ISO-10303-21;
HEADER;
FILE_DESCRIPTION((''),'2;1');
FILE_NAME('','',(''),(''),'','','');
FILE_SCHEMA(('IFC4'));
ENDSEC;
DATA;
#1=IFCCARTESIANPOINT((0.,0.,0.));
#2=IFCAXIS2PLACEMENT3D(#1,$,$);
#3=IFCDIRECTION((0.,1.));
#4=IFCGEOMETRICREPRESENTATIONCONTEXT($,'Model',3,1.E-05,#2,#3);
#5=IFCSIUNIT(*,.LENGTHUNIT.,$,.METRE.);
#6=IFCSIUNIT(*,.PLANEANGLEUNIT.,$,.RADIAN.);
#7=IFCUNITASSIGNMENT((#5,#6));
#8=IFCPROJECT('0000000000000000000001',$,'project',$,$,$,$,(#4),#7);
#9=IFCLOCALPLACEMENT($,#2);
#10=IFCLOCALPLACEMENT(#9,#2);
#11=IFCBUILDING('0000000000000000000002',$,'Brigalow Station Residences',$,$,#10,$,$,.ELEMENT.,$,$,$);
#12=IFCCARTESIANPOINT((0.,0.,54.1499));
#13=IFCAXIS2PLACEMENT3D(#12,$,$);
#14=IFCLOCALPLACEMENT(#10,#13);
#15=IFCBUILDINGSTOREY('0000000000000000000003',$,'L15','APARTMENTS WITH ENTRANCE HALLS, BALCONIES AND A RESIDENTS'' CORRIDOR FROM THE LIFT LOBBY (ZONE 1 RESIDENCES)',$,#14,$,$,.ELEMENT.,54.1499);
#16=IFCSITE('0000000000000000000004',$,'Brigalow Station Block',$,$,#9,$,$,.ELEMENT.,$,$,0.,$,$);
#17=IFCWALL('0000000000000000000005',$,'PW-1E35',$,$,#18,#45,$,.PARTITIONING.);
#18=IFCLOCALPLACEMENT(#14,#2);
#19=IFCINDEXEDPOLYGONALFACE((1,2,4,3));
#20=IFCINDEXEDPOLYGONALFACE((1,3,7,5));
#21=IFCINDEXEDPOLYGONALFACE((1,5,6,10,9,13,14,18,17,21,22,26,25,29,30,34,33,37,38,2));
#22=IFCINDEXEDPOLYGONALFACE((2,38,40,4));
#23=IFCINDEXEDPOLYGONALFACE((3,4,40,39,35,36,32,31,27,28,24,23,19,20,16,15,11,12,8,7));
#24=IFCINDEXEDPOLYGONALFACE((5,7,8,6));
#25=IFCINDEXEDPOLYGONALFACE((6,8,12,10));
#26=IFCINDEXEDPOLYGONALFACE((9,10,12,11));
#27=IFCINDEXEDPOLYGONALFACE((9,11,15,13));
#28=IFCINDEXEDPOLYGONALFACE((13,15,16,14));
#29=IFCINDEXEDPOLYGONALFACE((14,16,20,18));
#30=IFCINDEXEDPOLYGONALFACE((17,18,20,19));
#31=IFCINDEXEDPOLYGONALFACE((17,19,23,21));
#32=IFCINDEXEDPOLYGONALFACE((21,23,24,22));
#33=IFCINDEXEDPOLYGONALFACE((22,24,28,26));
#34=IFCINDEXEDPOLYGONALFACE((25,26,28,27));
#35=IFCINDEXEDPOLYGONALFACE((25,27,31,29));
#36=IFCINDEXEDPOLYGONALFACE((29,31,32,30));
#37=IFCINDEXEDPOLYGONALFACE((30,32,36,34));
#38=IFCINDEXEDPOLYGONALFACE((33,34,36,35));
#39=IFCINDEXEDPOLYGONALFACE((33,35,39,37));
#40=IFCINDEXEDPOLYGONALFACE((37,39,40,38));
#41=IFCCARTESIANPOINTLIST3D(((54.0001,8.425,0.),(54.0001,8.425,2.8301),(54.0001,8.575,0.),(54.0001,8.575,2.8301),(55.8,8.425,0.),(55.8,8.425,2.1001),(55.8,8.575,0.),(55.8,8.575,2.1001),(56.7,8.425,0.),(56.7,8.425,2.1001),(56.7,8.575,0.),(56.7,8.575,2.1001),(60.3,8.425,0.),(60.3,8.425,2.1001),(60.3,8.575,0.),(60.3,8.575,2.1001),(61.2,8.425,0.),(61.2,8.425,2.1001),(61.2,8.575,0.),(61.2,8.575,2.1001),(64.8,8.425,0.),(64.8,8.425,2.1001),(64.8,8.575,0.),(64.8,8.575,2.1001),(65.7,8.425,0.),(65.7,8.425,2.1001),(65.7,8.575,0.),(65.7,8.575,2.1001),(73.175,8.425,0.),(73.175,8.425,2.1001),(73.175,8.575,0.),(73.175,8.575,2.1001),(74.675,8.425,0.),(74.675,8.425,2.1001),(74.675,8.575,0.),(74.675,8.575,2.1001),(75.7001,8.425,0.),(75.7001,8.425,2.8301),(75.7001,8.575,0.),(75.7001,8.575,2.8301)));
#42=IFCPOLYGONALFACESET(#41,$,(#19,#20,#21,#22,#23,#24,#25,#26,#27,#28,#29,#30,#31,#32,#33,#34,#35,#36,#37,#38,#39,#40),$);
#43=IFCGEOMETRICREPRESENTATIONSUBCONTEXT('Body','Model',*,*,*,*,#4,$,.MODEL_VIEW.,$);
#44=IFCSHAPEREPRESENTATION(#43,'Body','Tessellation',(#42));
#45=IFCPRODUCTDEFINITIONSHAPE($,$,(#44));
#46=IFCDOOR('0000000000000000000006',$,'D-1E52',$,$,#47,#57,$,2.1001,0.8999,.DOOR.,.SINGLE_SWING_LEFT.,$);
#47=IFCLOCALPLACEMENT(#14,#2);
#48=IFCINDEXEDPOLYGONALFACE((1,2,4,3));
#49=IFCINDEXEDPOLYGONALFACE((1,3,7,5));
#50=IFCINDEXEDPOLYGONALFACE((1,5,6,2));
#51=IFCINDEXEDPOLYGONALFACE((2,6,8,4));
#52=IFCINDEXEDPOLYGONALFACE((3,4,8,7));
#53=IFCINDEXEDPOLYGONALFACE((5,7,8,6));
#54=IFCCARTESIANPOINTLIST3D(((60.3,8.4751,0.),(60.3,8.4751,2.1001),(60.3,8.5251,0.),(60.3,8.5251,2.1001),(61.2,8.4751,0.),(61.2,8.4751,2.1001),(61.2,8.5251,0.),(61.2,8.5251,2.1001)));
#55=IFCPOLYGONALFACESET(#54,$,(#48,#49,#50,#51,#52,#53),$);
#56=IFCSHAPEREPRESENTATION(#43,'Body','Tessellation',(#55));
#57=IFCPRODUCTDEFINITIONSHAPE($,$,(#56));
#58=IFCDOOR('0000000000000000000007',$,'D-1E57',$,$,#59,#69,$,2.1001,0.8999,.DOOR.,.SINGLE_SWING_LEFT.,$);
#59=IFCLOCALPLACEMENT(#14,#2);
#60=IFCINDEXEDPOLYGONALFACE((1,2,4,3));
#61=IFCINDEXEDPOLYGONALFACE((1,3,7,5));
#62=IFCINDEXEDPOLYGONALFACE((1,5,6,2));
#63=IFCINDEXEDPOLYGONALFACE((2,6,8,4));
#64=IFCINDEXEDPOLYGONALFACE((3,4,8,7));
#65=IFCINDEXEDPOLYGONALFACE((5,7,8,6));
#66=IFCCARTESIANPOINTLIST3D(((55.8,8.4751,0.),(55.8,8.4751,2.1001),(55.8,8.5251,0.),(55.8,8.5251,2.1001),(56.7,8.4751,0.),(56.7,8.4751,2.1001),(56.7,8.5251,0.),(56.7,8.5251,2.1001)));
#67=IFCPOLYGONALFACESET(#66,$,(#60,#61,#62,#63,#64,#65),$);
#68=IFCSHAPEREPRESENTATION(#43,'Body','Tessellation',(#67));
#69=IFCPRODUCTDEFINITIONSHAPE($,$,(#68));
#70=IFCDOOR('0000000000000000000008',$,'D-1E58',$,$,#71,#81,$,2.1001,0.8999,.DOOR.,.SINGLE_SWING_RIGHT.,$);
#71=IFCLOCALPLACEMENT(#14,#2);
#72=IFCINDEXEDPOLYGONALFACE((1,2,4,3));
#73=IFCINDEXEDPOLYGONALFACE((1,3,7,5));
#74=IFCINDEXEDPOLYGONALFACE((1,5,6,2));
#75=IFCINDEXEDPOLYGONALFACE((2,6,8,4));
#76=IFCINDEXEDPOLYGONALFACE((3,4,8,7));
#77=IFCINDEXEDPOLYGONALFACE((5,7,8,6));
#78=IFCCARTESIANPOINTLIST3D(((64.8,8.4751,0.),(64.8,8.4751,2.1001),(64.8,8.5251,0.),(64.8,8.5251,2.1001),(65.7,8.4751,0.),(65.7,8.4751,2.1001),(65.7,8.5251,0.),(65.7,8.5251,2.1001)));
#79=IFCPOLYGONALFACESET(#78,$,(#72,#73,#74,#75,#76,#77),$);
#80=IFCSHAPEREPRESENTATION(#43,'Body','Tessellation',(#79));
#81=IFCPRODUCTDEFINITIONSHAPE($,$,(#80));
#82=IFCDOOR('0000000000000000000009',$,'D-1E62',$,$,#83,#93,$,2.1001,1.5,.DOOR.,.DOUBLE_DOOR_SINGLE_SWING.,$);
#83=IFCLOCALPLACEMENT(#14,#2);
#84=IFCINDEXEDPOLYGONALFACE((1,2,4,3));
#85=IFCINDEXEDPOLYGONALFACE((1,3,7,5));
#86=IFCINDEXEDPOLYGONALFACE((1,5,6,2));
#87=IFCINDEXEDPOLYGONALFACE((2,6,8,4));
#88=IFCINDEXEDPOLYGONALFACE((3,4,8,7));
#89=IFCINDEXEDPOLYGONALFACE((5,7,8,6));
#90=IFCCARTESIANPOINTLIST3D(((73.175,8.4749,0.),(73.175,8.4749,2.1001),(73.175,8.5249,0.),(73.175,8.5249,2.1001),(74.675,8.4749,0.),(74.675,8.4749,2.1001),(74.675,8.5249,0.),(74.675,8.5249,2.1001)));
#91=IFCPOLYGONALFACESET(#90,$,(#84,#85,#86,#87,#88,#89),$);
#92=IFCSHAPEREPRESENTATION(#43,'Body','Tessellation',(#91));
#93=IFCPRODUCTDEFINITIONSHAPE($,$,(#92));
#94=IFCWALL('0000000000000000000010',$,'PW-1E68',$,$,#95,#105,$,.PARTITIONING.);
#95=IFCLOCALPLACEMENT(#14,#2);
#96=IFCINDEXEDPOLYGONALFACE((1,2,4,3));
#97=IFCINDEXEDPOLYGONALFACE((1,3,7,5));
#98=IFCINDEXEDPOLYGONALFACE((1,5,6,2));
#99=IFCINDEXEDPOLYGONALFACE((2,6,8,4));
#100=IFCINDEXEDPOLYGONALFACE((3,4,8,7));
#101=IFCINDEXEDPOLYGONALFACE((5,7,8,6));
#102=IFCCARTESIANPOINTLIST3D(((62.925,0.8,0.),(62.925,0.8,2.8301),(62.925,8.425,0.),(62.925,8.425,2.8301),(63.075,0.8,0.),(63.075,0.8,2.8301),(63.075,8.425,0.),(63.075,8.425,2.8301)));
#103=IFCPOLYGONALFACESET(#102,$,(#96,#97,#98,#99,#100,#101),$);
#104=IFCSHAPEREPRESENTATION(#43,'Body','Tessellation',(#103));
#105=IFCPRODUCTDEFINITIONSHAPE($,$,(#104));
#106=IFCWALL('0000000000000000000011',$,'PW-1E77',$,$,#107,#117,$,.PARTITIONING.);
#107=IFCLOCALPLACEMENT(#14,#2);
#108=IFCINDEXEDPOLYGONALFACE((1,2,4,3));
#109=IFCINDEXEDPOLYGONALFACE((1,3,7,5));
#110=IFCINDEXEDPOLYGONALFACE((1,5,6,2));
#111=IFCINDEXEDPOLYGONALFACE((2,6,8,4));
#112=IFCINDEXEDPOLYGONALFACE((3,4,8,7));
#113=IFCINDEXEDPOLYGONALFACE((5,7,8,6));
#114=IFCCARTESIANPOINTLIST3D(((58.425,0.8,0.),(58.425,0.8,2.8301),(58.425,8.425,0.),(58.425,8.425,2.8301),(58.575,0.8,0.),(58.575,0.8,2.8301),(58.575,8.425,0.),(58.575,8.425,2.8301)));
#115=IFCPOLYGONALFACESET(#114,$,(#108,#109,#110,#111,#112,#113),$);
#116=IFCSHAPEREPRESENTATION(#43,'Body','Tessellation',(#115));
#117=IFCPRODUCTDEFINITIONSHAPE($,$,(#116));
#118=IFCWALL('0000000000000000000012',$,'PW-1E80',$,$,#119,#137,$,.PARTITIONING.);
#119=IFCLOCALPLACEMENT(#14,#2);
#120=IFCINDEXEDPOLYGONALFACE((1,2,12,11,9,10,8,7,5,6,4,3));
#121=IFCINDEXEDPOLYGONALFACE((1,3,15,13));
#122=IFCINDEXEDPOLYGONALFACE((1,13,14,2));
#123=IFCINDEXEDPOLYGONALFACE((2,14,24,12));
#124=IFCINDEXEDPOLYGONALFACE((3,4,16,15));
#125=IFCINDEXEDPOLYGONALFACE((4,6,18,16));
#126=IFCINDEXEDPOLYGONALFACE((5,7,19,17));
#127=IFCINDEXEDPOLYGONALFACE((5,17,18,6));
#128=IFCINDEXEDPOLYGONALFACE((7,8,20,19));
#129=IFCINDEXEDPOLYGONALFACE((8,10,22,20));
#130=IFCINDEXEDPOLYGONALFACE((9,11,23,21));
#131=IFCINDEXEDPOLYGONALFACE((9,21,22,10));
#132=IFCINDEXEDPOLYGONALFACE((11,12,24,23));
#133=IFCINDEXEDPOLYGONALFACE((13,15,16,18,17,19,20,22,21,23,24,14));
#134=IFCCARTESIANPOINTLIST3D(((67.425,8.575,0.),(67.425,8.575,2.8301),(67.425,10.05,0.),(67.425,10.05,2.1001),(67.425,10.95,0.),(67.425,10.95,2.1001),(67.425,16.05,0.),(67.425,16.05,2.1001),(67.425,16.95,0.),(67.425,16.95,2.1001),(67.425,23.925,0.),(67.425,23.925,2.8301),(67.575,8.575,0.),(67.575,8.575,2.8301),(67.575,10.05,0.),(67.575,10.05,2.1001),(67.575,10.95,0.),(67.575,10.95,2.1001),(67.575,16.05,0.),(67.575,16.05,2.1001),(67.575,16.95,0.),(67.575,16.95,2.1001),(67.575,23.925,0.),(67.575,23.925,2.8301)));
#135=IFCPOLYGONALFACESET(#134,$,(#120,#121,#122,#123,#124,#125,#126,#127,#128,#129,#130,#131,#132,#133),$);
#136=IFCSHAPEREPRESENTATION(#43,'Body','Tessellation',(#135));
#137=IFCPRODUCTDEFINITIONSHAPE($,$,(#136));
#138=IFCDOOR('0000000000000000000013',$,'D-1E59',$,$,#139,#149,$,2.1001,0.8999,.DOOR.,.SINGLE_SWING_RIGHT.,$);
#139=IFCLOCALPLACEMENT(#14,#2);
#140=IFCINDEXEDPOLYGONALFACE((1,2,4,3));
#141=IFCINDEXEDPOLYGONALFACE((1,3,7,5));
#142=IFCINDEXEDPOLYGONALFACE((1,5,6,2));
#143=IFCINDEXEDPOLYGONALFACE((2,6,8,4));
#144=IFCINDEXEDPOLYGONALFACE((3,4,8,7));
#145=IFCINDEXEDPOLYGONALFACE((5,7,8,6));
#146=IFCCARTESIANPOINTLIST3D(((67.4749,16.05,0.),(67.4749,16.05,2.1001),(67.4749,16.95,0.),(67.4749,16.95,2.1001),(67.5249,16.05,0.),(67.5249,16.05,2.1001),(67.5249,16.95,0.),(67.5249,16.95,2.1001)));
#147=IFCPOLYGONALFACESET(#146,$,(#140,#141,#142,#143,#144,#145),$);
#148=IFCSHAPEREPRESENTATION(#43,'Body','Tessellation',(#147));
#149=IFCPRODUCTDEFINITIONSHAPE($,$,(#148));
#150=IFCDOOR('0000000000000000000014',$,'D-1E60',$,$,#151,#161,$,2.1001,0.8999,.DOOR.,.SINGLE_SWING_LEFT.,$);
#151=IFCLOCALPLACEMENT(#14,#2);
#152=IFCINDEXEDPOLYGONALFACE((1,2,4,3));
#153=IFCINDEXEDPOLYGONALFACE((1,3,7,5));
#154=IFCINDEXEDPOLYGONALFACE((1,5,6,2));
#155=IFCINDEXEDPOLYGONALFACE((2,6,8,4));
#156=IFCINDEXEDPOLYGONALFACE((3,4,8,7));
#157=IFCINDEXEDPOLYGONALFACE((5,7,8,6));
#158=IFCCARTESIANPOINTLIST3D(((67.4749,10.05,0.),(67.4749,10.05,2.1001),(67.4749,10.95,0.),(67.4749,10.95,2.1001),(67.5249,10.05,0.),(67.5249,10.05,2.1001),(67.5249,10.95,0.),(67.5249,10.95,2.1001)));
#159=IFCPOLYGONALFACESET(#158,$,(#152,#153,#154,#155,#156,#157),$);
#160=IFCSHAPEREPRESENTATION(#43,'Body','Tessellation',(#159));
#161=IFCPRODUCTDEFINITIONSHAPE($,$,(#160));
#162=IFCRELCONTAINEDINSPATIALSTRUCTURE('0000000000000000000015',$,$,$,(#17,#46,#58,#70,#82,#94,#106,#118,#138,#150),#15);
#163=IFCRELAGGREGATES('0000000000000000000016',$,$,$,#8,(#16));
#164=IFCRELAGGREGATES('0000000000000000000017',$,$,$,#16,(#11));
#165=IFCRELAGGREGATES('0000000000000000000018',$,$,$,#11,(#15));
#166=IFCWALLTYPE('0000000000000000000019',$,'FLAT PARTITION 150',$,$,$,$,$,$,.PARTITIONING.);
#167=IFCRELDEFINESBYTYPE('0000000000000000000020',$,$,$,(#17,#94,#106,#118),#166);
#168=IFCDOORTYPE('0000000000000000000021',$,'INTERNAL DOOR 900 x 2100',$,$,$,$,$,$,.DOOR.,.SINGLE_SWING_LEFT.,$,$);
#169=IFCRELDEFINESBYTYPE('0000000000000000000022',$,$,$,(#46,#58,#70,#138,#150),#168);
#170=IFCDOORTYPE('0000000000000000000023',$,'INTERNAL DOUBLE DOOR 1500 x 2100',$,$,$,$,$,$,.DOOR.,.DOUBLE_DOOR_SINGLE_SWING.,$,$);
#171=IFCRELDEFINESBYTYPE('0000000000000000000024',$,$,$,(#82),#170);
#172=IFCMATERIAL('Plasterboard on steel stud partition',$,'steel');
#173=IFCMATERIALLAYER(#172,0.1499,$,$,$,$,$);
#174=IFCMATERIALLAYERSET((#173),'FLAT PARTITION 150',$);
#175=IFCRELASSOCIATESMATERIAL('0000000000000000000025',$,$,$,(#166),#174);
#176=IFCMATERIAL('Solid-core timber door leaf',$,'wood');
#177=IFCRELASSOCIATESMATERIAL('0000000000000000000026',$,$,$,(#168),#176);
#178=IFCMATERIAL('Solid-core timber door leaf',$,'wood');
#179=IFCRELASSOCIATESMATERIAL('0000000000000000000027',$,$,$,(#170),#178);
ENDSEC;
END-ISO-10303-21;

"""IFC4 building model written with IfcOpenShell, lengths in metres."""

from ifc_helpers import new_model, si_unit, direction, frame, frame_2d, origin, place, context, subcontext, project, spatial, rectangle, extrude, material, layer, layer_set, type_object, element, fill, save


model = new_model("IFC4")

# Units and contexts
model_context = context("Model", 3, precision=1e-05, world=origin(), true_north=direction((0.0, 1.0)))
body_context = subcontext(model_context, "Body", "Model", "MODEL_VIEW")
ifc_project = project(units=[si_unit("LENGTHUNIT", "METRE"), si_unit("PLANEANGLEUNIT", "RADIAN")], contexts=[model_context])

# Site, building, storey
site_placement = place(None, origin())
site = spatial("IfcSite", under=ifc_project, at=site_placement, Name="Brigalow Station Block", CompositionType="ELEMENT", RefElevation=0.0)
building_placement = place(site_placement, origin())
building = spatial("IfcBuilding", under=site, at=building_placement, Name="Brigalow Station Residences", CompositionType="ELEMENT")
storey_placement = place(building_placement, frame((0.0, 0.0, 54.1499)))
storey = spatial("IfcBuildingStorey", under=building, at=storey_placement, Name="L15", Description="APARTMENTS WITH ENTRANCE HALLS, BALCONIES AND A RESIDENTS' CORRIDOR FROM THE LIFT LOBBY (ZONE 1 RESIDENCES)", CompositionType="ELEMENT", Elevation=54.1499)

# Wall, openings, doors
ifc_material_1 = material(Name="Plasterboard on steel stud partition", Category="steel")
ifc_layer_1 = layer(ifc_material_1, 0.1499)
ifc_layer_set_1 = layer_set([ifc_layer_1], Name="FLAT PARTITION 150")
wall_type_1 = type_object("IfcWallType", Name="FLAT PARTITION 150", PredefinedType="PARTITIONING", material=ifc_layer_set_1)
wall_1_placement = place(storey_placement, frame((54.0, 8.5, 0.0), z_axis=(0.0, 0.0, 1.0), x_axis=(1.0, 0.0, 0.0)))
wall_1 = element("IfcWall", 1, at=wall_1_placement, inside=storey, type_object=wall_type_1, Name="PW-1E35", PredefinedType="PARTITIONING", context=body_context, shape_type="SweptSolid", body=[
    extrude(rectangle(XDim=21.7, YDim=0.1499, at=frame_2d((10.8501, 0.0))), origin(), (0.0, 0.0, 1.0), 2.8301),
])
opening_1_placement = place(wall_1_placement, frame((6.3, 0.0, 0.0)))
opening_1 = element("IfcOpeningElement", 2, at=opening_1_placement, cuts=wall_1, PredefinedType="OPENING", context=body_context, shape_type="SweptSolid", body=[
    extrude(rectangle(XDim=0.8999, YDim=2.1001, at=frame_2d((0.45, 1.05))), frame((0.0, 0.085, 0.0), z_axis=(0.0, -1.0, 0.0), x_axis=(1.0, 0.0, 0.0)), (0.0, 0.0, 1.0), 0.1699),
])
opening_2_placement = place(wall_1_placement, frame((1.8, 0.0, 0.0)))
opening_2 = element("IfcOpeningElement", 3, at=opening_2_placement, cuts=wall_1, PredefinedType="OPENING", context=body_context, shape_type="SweptSolid", body=[
    extrude(rectangle(XDim=0.8999, YDim=2.1001, at=frame_2d((0.45, 1.05))), frame((0.0, 0.085, 0.0), z_axis=(0.0, -1.0, 0.0), x_axis=(1.0, 0.0, 0.0)), (0.0, 0.0, 1.0), 0.1699),
])
opening_3_placement = place(wall_1_placement, frame((10.8, 0.0, 0.0)))
opening_3 = element("IfcOpeningElement", 4, at=opening_3_placement, cuts=wall_1, PredefinedType="OPENING", context=body_context, shape_type="SweptSolid", body=[
    extrude(rectangle(XDim=0.8999, YDim=2.1001, at=frame_2d((0.45, 1.05))), frame((0.0, 0.085, 0.0), z_axis=(0.0, -1.0, 0.0), x_axis=(1.0, 0.0, 0.0)), (0.0, 0.0, 1.0), 0.1699),
])
opening_4_placement = place(wall_1_placement, frame((19.175, 0.0, 0.0)))
opening_4 = element("IfcOpeningElement", 5, at=opening_4_placement, cuts=wall_1, PredefinedType="OPENING", context=body_context, shape_type="SweptSolid", body=[
    extrude(rectangle(XDim=1.5, YDim=2.1001, at=frame_2d((0.75, 1.05))), frame((0.0, 0.085, 0.0), z_axis=(0.0, -1.0, 0.0), x_axis=(1.0, 0.0, 0.0)), (0.0, 0.0, 1.0), 0.1699),
])
ifc_material_2 = material(Name="Solid-core timber door leaf", Category="wood")
door_type_1 = type_object("IfcDoorType", Name="INTERNAL DOOR 900 x 2100", OperationType="SINGLE_SWING_LEFT", PredefinedType="DOOR", material=ifc_material_2)
door_1_placement = place(opening_1_placement, frame((0.8999, 0.0, 0.0), z_axis=(0.0, 0.0, 1.0), x_axis=(-1.0, 0.0, 0.0)))
door_1 = element("IfcDoor", 6, at=door_1_placement, inside=storey, type_object=door_type_1, Name="D-1E52", OperationType="SINGLE_SWING_LEFT", OverallHeight=2.1001, OverallWidth=0.8999, PredefinedType="DOOR", context=body_context, shape_type="SweptSolid", body=[
    extrude(rectangle(XDim=0.8999, YDim=2.1001, at=frame_2d((0.45, 1.05))), frame((0.0, 0.0249, 0.0), z_axis=(0.0, -1.0, 0.0), x_axis=(1.0, 0.0, 0.0)), (0.0, 0.0, 1.0), 0.05),
])
fill(opening_1, door_1)
door_2_placement = place(opening_2_placement, frame((0.8999, 0.0, 0.0), z_axis=(0.0, 0.0, 1.0), x_axis=(-1.0, 0.0, 0.0)))
door_2 = element("IfcDoor", 7, at=door_2_placement, inside=storey, type_object=door_type_1, Name="D-1E57", OperationType="SINGLE_SWING_LEFT", OverallHeight=2.1001, OverallWidth=0.8999, PredefinedType="DOOR", context=body_context, shape_type="SweptSolid", body=[
    extrude(rectangle(XDim=0.8999, YDim=2.1001, at=frame_2d((0.45, 1.05))), frame((0.0, 0.0249, 0.0), z_axis=(0.0, -1.0, 0.0), x_axis=(1.0, 0.0, 0.0)), (0.0, 0.0, 1.0), 0.05),
])
fill(opening_2, door_2)
door_3_placement = place(opening_3_placement, frame((0.8999, 0.0, 0.0), z_axis=(0.0, 0.0, 1.0), x_axis=(-1.0, 0.0, 0.0)))
door_3 = element("IfcDoor", 8, at=door_3_placement, inside=storey, type_object=door_type_1, Name="D-1E58", OperationType="SINGLE_SWING_RIGHT", OverallHeight=2.1001, OverallWidth=0.8999, PredefinedType="DOOR", context=body_context, shape_type="SweptSolid", body=[
    extrude(rectangle(XDim=0.8999, YDim=2.1001, at=frame_2d((0.45, 1.05))), frame((0.0, 0.0249, 0.0), z_axis=(0.0, -1.0, 0.0), x_axis=(1.0, 0.0, 0.0)), (0.0, 0.0, 1.0), 0.05),
])
fill(opening_3, door_3)
ifc_material_3 = material(Name="Solid-core timber door leaf", Category="wood")
door_type_2 = type_object("IfcDoorType", Name="INTERNAL DOUBLE DOOR 1500 x 2100", OperationType="DOUBLE_DOOR_SINGLE_SWING", PredefinedType="DOOR", material=ifc_material_3)
door_4_placement = place(opening_4_placement, origin())
door_4 = element("IfcDoor", 9, at=door_4_placement, inside=storey, type_object=door_type_2, Name="D-1E62", OperationType="DOUBLE_DOOR_SINGLE_SWING", OverallHeight=2.1001, OverallWidth=1.5, PredefinedType="DOOR", context=body_context, shape_type="SweptSolid", body=[
    extrude(rectangle(XDim=1.5, YDim=2.1001, at=frame_2d((0.75, 1.05))), frame((0.0, 0.0249, 0.0), z_axis=(0.0, -1.0, 0.0), x_axis=(1.0, 0.0, 0.0)), (0.0, 0.0, 1.0), 0.05),
])
fill(opening_4, door_4)

# Walls
for number, where, z_axis, x_axis, name in (
    (10, (63.0, 0.8, 0.0), (0.0, 0.0, 1.0), (0.0, 1.0, 0.0), "PW-1E68"),
    (11, (58.5, 0.8, 0.0), (0.0, 0.0, 1.0), (0.0, 1.0, 0.0), "PW-1E77"),
):
    element("IfcWall", number, at=place(storey_placement, frame(where, z_axis=z_axis, x_axis=x_axis)), inside=storey, type_object=wall_type_1, Name=name, PredefinedType="PARTITIONING", context=body_context, shape_type="SweptSolid", body=[
        extrude(rectangle(XDim=7.625, YDim=0.1499, at=frame_2d((3.8125, 0.0))), origin(), (0.0, 0.0, 1.0), 2.8301),
    ])

# Wall, openings, doors
wall_2_placement = place(storey_placement, frame((67.5, 8.575, 0.0), z_axis=(0.0, 0.0, 1.0), x_axis=(0.0, 1.0, 0.0)))
wall_2 = element("IfcWall", 12, at=wall_2_placement, inside=storey, type_object=wall_type_1, Name="PW-1E80", PredefinedType="PARTITIONING", context=body_context, shape_type="SweptSolid", body=[
    extrude(rectangle(XDim=15.3501, YDim=0.1499, at=frame_2d((7.675, 0.0))), origin(), (0.0, 0.0, 1.0), 2.8301),
])
opening_5_placement = place(wall_2_placement, frame((7.4751, 0.0, 0.0)))
opening_5 = element("IfcOpeningElement", 13, at=opening_5_placement, cuts=wall_2, PredefinedType="OPENING", context=body_context, shape_type="SweptSolid", body=[
    extrude(rectangle(XDim=0.8999, YDim=2.1001, at=frame_2d((0.45, 1.05))), frame((0.0, 0.085, 0.0), z_axis=(0.0, -1.0, 0.0), x_axis=(1.0, 0.0, 0.0)), (0.0, 0.0, 1.0), 0.1699),
])
opening_6_placement = place(wall_2_placement, frame((1.4751, 0.0, 0.0)))
opening_6 = element("IfcOpeningElement", 14, at=opening_6_placement, cuts=wall_2, PredefinedType="OPENING", context=body_context, shape_type="SweptSolid", body=[
    extrude(rectangle(XDim=0.8999, YDim=2.1001, at=frame_2d((0.45, 1.05))), frame((0.0, 0.085, 0.0), z_axis=(0.0, -1.0, 0.0), x_axis=(1.0, 0.0, 0.0)), (0.0, 0.0, 1.0), 0.1699),
])
door_5_placement = place(opening_5_placement, frame((0.8999, 0.0, 0.0), z_axis=(0.0, 0.0, 1.0), x_axis=(-1.0, 0.0, 0.0)))
door_5 = element("IfcDoor", 15, at=door_5_placement, inside=storey, type_object=door_type_1, Name="D-1E59", OperationType="SINGLE_SWING_RIGHT", OverallHeight=2.1001, OverallWidth=0.8999, PredefinedType="DOOR", context=body_context, shape_type="SweptSolid", body=[
    extrude(rectangle(XDim=0.8999, YDim=2.1001, at=frame_2d((0.45, 1.05))), frame((0.0, 0.0249, 0.0), z_axis=(0.0, -1.0, 0.0), x_axis=(1.0, 0.0, 0.0)), (0.0, 0.0, 1.0), 0.05),
])
fill(opening_5, door_5)
door_6_placement = place(opening_6_placement, frame((0.8999, 0.0, 0.0), z_axis=(0.0, 0.0, 1.0), x_axis=(-1.0, 0.0, 0.0)))
door_6 = element("IfcDoor", 16, at=door_6_placement, inside=storey, type_object=door_type_1, Name="D-1E60", OperationType="SINGLE_SWING_LEFT", OverallHeight=2.1001, OverallWidth=0.8999, PredefinedType="DOOR", context=body_context, shape_type="SweptSolid", body=[
    extrude(rectangle(XDim=0.8999, YDim=2.1001, at=frame_2d((0.45, 1.05))), frame((0.0, 0.0249, 0.0), z_axis=(0.0, -1.0, 0.0), x_axis=(1.0, 0.0, 0.0)), (0.0, 0.0, 1.0), 0.05),
])
fill(opening_6, door_6)

save(model, "model.ifc")
